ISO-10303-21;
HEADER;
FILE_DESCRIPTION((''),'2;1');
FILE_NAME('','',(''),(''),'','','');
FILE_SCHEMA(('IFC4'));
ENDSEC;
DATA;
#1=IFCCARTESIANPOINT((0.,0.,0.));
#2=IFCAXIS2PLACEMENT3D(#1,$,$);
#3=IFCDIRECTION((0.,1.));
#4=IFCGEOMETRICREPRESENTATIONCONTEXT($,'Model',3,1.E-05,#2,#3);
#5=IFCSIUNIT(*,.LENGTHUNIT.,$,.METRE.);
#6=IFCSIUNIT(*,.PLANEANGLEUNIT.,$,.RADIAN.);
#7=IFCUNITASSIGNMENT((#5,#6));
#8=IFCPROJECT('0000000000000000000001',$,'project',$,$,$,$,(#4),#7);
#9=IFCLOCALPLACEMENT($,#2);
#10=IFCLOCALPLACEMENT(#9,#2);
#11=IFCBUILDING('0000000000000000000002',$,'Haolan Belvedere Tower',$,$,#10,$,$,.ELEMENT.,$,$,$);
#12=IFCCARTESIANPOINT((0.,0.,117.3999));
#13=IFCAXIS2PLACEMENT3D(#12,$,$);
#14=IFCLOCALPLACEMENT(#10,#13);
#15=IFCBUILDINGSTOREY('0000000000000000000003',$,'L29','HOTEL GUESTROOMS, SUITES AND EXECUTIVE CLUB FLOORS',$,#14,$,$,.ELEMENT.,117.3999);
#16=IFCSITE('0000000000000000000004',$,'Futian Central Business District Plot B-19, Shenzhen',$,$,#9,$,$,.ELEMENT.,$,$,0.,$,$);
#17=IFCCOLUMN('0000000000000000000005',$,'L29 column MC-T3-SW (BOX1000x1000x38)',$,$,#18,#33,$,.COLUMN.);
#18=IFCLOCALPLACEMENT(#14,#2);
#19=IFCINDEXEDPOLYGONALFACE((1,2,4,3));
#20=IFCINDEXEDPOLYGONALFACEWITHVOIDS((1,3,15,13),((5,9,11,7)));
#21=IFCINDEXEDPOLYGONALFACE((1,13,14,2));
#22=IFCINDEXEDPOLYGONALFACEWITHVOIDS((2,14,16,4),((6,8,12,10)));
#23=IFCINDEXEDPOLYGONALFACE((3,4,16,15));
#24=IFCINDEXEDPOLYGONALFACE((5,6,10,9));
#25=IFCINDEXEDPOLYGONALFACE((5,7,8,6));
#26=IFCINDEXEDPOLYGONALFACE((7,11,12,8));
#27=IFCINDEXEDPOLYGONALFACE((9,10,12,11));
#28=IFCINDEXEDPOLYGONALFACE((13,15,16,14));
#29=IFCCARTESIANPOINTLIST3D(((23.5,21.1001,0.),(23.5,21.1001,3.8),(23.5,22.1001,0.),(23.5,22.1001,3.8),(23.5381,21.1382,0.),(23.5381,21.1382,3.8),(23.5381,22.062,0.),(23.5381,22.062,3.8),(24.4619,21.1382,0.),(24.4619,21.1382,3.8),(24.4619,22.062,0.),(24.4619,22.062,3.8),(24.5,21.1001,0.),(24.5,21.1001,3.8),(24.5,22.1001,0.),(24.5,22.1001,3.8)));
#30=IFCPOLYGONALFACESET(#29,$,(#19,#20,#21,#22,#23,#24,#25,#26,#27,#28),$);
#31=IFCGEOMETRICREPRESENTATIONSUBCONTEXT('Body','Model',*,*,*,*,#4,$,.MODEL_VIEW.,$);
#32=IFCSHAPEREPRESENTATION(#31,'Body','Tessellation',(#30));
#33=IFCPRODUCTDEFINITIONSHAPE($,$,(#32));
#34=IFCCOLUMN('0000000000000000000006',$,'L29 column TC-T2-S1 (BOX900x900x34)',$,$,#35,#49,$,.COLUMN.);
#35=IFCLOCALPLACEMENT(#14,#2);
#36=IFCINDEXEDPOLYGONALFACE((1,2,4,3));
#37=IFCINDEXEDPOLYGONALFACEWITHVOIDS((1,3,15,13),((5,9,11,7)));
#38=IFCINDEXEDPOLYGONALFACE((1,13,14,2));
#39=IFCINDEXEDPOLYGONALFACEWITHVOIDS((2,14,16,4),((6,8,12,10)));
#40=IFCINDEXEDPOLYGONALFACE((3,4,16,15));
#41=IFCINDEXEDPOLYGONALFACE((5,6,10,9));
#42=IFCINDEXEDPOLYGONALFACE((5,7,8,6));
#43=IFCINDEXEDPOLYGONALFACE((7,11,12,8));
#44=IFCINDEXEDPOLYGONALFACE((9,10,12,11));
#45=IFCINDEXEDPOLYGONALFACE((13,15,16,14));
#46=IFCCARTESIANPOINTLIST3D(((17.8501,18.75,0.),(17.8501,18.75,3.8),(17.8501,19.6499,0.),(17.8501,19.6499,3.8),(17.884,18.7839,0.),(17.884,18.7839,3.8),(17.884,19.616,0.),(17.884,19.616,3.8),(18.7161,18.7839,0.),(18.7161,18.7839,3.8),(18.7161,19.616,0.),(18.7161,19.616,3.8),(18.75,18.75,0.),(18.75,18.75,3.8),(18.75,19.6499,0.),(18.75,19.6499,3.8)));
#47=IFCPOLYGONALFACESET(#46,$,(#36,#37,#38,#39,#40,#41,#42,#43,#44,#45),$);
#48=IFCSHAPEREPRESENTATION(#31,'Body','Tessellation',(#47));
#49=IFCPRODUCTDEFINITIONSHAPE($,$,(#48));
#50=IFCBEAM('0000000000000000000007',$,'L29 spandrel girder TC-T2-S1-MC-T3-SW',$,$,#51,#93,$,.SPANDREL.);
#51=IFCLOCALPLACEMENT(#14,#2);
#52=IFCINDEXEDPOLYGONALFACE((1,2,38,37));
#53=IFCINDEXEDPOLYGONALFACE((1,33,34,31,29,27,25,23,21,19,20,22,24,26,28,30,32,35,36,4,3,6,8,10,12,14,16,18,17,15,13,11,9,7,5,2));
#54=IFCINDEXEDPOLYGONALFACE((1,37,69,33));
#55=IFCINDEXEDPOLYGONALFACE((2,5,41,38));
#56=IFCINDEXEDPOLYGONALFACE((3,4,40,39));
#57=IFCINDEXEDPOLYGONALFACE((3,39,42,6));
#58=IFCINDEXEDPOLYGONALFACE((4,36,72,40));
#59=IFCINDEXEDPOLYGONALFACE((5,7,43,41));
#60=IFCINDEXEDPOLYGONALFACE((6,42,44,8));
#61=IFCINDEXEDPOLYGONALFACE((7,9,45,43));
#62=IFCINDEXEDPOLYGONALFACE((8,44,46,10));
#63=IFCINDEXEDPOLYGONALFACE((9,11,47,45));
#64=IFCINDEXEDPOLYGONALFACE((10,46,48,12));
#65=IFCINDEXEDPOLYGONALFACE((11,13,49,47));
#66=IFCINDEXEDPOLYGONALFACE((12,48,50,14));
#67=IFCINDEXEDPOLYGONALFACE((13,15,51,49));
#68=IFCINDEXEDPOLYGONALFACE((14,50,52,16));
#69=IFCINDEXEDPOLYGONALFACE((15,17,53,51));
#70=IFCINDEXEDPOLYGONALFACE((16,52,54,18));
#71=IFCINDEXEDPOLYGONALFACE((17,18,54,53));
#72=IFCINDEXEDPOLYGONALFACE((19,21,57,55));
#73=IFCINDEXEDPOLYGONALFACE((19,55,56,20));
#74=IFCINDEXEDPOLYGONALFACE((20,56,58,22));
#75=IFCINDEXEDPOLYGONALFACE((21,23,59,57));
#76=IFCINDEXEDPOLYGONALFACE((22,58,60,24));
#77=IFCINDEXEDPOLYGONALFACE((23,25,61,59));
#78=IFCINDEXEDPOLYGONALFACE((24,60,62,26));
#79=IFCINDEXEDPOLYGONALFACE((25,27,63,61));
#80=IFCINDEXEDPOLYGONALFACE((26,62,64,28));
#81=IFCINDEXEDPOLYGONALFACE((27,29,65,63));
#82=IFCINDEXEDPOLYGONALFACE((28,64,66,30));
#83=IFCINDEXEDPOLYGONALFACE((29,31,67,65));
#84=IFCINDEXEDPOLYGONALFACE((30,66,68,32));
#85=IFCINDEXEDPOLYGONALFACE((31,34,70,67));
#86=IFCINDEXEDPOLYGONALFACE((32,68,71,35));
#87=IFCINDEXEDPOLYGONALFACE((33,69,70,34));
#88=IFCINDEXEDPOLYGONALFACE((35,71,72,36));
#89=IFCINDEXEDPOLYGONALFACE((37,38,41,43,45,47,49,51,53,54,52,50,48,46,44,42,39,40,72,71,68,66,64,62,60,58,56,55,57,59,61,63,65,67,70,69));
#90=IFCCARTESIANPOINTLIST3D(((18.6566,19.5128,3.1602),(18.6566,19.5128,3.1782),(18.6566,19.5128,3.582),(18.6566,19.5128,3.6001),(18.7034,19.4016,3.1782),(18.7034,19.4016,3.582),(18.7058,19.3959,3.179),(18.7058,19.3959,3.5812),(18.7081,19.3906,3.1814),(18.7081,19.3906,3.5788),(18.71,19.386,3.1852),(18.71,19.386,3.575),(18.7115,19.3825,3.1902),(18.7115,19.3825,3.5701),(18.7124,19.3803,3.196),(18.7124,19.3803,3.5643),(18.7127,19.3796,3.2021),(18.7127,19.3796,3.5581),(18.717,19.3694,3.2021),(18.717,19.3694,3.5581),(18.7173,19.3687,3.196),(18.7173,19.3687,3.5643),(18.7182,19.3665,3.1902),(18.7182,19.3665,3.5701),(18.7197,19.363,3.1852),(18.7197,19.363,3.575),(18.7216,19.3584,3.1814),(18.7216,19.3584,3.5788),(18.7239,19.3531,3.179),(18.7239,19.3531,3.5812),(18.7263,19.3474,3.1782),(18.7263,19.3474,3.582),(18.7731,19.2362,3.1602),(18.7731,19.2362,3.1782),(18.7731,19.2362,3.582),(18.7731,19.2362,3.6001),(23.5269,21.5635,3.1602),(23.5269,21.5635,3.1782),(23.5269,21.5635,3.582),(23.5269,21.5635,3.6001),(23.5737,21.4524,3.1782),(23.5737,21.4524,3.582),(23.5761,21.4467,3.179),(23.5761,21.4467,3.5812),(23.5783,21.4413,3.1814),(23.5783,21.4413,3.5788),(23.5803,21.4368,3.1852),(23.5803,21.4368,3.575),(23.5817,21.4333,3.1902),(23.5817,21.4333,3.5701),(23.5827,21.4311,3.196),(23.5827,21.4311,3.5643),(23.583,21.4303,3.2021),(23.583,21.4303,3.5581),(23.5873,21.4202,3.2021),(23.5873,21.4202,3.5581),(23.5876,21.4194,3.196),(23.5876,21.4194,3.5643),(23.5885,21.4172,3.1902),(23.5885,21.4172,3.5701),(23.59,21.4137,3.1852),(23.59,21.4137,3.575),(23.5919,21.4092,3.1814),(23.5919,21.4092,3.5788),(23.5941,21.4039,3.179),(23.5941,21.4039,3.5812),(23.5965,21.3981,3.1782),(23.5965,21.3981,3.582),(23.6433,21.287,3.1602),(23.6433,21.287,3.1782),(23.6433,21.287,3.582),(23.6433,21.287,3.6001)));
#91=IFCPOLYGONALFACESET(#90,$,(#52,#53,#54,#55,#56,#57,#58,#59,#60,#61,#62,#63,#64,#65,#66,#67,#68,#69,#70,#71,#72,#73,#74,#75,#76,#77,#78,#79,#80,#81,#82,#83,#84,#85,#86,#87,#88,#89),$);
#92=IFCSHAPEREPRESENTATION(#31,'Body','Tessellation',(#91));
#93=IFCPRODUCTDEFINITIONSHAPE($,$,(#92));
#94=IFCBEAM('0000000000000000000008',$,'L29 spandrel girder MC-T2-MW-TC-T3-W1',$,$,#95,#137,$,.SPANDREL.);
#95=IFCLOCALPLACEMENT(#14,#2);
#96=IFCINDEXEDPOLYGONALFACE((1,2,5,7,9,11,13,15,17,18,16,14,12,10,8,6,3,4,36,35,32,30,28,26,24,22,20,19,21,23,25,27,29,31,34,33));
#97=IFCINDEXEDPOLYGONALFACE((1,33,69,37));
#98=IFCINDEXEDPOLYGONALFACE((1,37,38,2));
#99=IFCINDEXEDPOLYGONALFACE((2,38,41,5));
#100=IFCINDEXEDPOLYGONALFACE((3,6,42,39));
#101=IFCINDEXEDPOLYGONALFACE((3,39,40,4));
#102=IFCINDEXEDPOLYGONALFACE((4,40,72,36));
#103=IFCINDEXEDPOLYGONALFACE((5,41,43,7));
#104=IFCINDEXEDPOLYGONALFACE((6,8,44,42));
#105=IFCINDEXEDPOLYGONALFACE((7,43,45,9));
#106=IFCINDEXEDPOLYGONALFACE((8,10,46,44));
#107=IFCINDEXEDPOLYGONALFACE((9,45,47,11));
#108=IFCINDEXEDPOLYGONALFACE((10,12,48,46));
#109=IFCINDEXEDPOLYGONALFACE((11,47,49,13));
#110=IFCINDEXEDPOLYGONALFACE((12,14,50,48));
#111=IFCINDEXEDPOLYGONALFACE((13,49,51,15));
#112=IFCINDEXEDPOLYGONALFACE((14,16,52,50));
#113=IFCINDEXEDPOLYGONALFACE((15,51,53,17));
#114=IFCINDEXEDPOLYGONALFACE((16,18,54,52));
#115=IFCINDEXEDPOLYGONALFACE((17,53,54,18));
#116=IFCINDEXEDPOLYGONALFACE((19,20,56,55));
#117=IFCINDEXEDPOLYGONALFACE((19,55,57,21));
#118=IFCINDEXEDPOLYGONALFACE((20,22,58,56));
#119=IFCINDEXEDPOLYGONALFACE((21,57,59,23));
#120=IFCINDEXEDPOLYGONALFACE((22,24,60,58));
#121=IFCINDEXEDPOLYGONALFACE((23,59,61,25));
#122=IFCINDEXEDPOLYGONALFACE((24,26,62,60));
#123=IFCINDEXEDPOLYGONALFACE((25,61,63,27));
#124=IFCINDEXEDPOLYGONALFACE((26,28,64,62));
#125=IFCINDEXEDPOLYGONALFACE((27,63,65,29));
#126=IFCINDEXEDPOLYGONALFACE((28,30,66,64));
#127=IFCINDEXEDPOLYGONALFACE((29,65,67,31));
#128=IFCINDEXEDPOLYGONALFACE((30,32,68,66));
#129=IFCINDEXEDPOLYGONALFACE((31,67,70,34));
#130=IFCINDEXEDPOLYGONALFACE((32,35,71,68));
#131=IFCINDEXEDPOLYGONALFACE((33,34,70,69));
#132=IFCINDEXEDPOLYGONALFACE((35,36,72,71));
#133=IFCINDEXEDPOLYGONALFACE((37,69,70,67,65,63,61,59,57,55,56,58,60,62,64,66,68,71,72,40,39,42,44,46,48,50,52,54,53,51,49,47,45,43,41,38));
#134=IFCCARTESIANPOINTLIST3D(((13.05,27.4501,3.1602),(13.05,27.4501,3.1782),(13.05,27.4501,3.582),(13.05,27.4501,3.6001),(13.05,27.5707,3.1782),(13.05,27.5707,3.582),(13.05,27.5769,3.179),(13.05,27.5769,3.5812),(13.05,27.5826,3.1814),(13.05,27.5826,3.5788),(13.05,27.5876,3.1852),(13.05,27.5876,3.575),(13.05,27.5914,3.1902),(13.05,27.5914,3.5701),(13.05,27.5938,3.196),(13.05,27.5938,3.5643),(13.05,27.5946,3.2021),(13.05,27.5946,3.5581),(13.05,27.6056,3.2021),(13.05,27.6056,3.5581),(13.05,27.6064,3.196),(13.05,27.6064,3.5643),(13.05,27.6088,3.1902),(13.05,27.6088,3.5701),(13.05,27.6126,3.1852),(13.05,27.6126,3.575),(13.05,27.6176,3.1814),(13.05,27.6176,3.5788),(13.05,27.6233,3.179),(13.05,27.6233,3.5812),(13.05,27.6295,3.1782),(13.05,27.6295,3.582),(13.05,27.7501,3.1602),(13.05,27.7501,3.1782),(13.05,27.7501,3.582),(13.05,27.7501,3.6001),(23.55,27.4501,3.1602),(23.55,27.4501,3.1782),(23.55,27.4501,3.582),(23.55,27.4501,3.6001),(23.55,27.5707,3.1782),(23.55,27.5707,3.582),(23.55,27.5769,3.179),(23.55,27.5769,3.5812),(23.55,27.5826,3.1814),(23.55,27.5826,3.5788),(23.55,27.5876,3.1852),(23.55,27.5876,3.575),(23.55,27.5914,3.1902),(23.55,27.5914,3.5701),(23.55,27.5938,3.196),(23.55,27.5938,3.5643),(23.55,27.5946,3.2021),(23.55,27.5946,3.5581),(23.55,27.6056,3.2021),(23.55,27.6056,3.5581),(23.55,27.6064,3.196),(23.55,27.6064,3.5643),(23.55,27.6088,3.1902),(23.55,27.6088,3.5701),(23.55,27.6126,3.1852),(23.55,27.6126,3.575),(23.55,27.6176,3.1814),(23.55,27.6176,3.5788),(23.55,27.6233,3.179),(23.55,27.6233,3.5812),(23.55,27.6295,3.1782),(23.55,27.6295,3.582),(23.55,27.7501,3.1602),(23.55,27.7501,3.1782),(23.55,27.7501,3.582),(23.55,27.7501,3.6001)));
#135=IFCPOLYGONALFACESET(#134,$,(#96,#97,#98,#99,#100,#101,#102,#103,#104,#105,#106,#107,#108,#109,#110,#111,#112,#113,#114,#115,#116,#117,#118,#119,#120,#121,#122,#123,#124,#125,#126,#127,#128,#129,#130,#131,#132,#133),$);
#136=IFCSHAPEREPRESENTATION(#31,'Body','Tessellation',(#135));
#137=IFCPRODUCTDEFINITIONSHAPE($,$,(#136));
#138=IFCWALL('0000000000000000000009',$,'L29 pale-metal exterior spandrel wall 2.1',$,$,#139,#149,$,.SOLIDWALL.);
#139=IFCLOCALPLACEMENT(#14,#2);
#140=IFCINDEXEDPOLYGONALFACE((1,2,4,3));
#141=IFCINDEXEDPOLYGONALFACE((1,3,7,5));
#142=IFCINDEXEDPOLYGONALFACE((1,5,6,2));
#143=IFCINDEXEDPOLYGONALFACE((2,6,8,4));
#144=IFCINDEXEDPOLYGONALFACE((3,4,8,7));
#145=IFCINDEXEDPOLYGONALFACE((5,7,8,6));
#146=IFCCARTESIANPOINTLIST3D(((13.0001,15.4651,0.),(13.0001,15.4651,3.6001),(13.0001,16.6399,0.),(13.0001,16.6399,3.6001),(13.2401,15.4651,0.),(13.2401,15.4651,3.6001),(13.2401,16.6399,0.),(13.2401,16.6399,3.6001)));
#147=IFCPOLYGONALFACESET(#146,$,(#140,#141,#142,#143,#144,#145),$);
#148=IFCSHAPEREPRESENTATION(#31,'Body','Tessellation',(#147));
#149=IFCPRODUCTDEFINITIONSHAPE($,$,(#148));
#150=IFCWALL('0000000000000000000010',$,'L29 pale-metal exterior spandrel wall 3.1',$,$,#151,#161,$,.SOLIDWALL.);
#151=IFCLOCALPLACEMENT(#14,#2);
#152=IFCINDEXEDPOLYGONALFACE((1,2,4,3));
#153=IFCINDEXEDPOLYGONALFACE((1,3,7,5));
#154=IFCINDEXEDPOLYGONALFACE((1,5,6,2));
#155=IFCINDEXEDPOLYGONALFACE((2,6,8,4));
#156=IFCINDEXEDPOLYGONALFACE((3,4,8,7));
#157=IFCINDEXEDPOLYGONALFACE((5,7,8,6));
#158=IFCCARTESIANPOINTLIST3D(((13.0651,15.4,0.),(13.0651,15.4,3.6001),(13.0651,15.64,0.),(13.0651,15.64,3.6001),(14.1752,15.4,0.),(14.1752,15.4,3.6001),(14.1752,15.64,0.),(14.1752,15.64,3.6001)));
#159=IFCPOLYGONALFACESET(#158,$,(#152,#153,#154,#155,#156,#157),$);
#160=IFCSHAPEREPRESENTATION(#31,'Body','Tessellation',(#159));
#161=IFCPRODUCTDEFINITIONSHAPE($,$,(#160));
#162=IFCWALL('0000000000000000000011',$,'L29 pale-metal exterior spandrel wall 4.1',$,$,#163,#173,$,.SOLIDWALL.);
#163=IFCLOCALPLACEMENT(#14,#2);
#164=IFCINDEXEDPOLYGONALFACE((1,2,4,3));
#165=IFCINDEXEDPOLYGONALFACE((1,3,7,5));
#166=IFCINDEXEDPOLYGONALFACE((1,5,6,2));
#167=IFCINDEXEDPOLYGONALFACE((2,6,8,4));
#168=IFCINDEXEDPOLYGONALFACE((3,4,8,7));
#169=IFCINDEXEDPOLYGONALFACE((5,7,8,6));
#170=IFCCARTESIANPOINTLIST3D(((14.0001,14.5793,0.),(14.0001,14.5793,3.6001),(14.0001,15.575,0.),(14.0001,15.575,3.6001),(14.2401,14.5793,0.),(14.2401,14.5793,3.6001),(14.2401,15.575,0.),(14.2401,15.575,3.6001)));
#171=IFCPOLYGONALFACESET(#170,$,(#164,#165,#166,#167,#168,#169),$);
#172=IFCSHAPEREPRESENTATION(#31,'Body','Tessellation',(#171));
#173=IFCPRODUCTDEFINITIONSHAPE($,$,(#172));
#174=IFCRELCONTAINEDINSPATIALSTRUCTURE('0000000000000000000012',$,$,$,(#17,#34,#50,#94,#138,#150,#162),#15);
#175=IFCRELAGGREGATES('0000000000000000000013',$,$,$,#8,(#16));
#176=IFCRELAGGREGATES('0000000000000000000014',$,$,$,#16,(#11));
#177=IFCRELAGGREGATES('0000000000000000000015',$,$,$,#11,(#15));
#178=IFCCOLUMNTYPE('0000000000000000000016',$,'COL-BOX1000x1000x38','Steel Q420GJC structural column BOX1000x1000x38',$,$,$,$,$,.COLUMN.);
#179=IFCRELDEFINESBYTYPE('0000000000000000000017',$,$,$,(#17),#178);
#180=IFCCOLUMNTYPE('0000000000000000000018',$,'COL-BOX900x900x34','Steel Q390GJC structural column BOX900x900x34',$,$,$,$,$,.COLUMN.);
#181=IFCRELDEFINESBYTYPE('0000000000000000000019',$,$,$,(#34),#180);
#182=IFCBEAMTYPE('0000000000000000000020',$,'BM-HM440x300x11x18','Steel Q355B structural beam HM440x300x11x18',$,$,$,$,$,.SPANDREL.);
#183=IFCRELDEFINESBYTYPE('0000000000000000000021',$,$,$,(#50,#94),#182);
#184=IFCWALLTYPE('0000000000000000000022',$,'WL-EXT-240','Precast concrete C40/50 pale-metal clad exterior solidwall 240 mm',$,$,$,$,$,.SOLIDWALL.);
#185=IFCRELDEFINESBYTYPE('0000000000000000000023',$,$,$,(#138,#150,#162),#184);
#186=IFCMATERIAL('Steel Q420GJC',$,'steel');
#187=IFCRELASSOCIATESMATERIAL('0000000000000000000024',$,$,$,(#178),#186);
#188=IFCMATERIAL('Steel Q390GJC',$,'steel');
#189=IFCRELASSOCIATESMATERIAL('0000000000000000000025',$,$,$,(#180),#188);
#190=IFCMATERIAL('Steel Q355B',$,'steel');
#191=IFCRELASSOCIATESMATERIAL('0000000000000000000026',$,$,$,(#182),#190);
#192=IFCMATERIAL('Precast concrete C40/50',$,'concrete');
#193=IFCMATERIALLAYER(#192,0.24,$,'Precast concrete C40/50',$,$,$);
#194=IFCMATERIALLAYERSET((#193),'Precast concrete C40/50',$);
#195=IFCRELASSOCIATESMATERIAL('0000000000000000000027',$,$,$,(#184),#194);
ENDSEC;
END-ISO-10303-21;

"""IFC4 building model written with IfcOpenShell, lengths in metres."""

from ifc_helpers import new_model, si_unit, direction, frame, frame_2d, origin, origin_2d, place, context, subcontext, project, spatial, rectangle, hollow_rectangle, i_section, extrude, material, layer, layer_set, material_profile, profile_set, type_object, element, save


model = new_model("IFC4")

# Units and contexts
model_context = context("Model", 3, precision=1e-05, world=origin(), true_north=direction((0.0, 1.0)))
body_context = subcontext(model_context, "Body", "Model", "MODEL_VIEW")
ifc_project = project(units=[si_unit("LENGTHUNIT", "METRE"), si_unit("PLANEANGLEUNIT", "RADIAN")], contexts=[model_context])

# Site, building, storey
site_placement = place(None, origin())
site = spatial("IfcSite", under=ifc_project, at=site_placement, Name="Futian Central Business District Plot B-19, Shenzhen", CompositionType="ELEMENT", RefElevation=0.0)
building_placement = place(site_placement, origin())
building = spatial("IfcBuilding", under=site, at=building_placement, Name="Haolan Belvedere Tower", CompositionType="ELEMENT")
storey_placement = place(building_placement, frame((0.0, 0.0, 117.3999)))
storey = spatial("IfcBuildingStorey", under=building, at=storey_placement, Name="L29", Description="HOTEL GUESTROOMS, SUITES AND EXECUTIVE CLUB FLOORS", CompositionType="ELEMENT", Elevation=117.3999)

# Columns
ifc_material_1 = material(Name="Steel Q420GJC", Category="steel")
ifc_material_profile_1 = material_profile(ifc_material_1, hollow_rectangle(XDim=1.0, YDim=1.0, WallThickness=0.0381, at=origin_2d()), Name="Steel Q420GJC")
ifc_profile_set_1 = profile_set([ifc_material_profile_1], Name="Steel Q420GJC")
column_type_1 = type_object("IfcColumnType", Name="COL-BOX1000x1000x38", Description="Steel Q420GJC structural column BOX1000x1000x38", PredefinedType="COLUMN", material=ifc_profile_set_1)
column_1_placement = place(storey_placement, frame((24.0, 21.6001, 0.0), z_axis=(0.0, 0.0, 1.0), x_axis=(1.0, 0.0, 0.0)))
element("IfcColumn", 1, at=column_1_placement, inside=storey, type_object=column_type_1, Name="L29 column MC-T3-SW (BOX1000x1000x38)", PredefinedType="COLUMN", context=body_context, shape_type="SweptSolid", body=[
    extrude(hollow_rectangle(XDim=1.0, YDim=1.0, WallThickness=0.0381, at=origin_2d()), origin(), (0.0, 0.0, 1.0), 3.8),
])
ifc_material_2 = material(Name="Steel Q390GJC", Category="steel")
ifc_material_profile_2 = material_profile(ifc_material_2, hollow_rectangle(XDim=0.8999, YDim=0.8999, WallThickness=0.0339, at=origin_2d()), Name="Steel Q390GJC")
ifc_profile_set_2 = profile_set([ifc_material_profile_2], Name="Steel Q390GJC")
column_type_2 = type_object("IfcColumnType", Name="COL-BOX900x900x34", Description="Steel Q390GJC structural column BOX900x900x34", PredefinedType="COLUMN", material=ifc_profile_set_2)
column_2_placement = place(storey_placement, frame((18.3, 19.2, 0.0), z_axis=(0.0, 0.0, 1.0), x_axis=(1.0, 0.0, 0.0)))
element("IfcColumn", 2, at=column_2_placement, inside=storey, type_object=column_type_2, Name="L29 column TC-T2-S1 (BOX900x900x34)", PredefinedType="COLUMN", context=body_context, shape_type="SweptSolid", body=[
    extrude(hollow_rectangle(XDim=0.8999, YDim=0.8999, WallThickness=0.0339, at=origin_2d()), origin(), (0.0, 0.0, 1.0), 3.8),
])

# Beams
ifc_material_3 = material(Name="Steel Q355B", Category="steel")
ifc_material_profile_3 = material_profile(ifc_material_3, i_section(OverallWidth=0.3, OverallDepth=0.4399, WebThickness=0.011, FlangeThickness=0.0181, FilletRadius=0.0239, at=origin_2d()), Name="Steel Q355B")
ifc_profile_set_3 = profile_set([ifc_material_profile_3], Name="Steel Q355B")
beam_type = type_object("IfcBeamType", Name="BM-HM440x300x11x18", Description="Steel Q355B structural beam HM440x300x11x18", PredefinedType="SPANDREL", material=ifc_profile_set_3)
beam_1_placement = place(storey_placement, frame((18.7148, 19.3745, 3.3801), z_axis=(0.921628, 0.388074, 0.0), x_axis=(-0.388074, 0.921628, 0.0)))
element("IfcBeam", 3, at=beam_1_placement, inside=storey, type_object=beam_type, Name="L29 spandrel girder TC-T2-S1-MC-T3-SW", PredefinedType="SPANDREL", context=body_context, shape_type="SweptSolid", body=[
    extrude(i_section(OverallWidth=0.3, OverallDepth=0.4399, WebThickness=0.011, FlangeThickness=0.0181, FilletRadius=0.0239, at=origin_2d()), origin(), (0.0, 0.0, 1.0), 5.2844),
])
beam_2_placement = place(storey_placement, frame((13.05, 27.6001, 3.3801), z_axis=(1.0, 0.0, 0.0), x_axis=(0.0, 1.0, 0.0)))
element("IfcBeam", 4, at=beam_2_placement, inside=storey, type_object=beam_type, Name="L29 spandrel girder MC-T2-MW-TC-T3-W1", PredefinedType="SPANDREL", context=body_context, shape_type="SweptSolid", body=[
    extrude(i_section(OverallWidth=0.3, OverallDepth=0.4399, WebThickness=0.011, FlangeThickness=0.0181, FilletRadius=0.0239, at=origin_2d()), origin(), (0.0, 0.0, 1.0), 10.5),
])

# Walls
ifc_material_4 = material(Name="Precast concrete C40/50", Category="concrete")
ifc_layer_1 = layer(ifc_material_4, 0.24, Name="Precast concrete C40/50")
ifc_layer_set_1 = layer_set([ifc_layer_1], Name="Precast concrete C40/50")
wall_type_1 = type_object("IfcWallType", Name="WL-EXT-240", Description="Precast concrete C40/50 pale-metal clad exterior solidwall 240 mm", PredefinedType="SOLIDWALL", material=ifc_layer_set_1)
wall_1_placement = place(storey_placement, frame((13.1201, 16.6399, 0.0), z_axis=(0.0, 0.0, 1.0), x_axis=(0.0, -1.0, 0.0)))
element("IfcWall", 5, at=wall_1_placement, inside=storey, type_object=wall_type_1, Name="L29 pale-metal exterior spandrel wall 2.1", PredefinedType="SOLIDWALL", context=body_context, shape_type="SweptSolid", body=[
    extrude(rectangle(XDim=1.1748, YDim=0.24, at=frame_2d((0.5874, 0.0))), origin(), (0.0, 0.0, 1.0), 3.6001),
])
wall_2_placement = place(storey_placement, frame((13.0649, 15.52, 0.0), z_axis=(0.0, 0.0, 1.0), x_axis=(1.0, 0.0, 0.0)))
element("IfcWall", 6, at=wall_2_placement, inside=storey, type_object=wall_type_1, Name="L29 pale-metal exterior spandrel wall 3.1", PredefinedType="SOLIDWALL", context=body_context, shape_type="SweptSolid", body=[
    extrude(rectangle(XDim=1.1101, YDim=0.24, at=frame_2d((0.5552, 0.0))), origin(), (0.0, 0.0, 1.0), 3.6001),
])
wall_3_placement = place(storey_placement, frame((14.1201, 15.575, 0.0), z_axis=(0.0, 0.0, 1.0), x_axis=(0.0, -1.0, 0.0)))
element("IfcWall", 7, at=wall_3_placement, inside=storey, type_object=wall_type_1, Name="L29 pale-metal exterior spandrel wall 4.1", PredefinedType="SOLIDWALL", context=body_context, shape_type="SweptSolid", body=[
    extrude(rectangle(XDim=0.9956, YDim=0.24, at=frame_2d((0.4978, 0.0))), origin(), (0.0, 0.0, 1.0), 3.6001),
])

save(model, "model.ifc")
